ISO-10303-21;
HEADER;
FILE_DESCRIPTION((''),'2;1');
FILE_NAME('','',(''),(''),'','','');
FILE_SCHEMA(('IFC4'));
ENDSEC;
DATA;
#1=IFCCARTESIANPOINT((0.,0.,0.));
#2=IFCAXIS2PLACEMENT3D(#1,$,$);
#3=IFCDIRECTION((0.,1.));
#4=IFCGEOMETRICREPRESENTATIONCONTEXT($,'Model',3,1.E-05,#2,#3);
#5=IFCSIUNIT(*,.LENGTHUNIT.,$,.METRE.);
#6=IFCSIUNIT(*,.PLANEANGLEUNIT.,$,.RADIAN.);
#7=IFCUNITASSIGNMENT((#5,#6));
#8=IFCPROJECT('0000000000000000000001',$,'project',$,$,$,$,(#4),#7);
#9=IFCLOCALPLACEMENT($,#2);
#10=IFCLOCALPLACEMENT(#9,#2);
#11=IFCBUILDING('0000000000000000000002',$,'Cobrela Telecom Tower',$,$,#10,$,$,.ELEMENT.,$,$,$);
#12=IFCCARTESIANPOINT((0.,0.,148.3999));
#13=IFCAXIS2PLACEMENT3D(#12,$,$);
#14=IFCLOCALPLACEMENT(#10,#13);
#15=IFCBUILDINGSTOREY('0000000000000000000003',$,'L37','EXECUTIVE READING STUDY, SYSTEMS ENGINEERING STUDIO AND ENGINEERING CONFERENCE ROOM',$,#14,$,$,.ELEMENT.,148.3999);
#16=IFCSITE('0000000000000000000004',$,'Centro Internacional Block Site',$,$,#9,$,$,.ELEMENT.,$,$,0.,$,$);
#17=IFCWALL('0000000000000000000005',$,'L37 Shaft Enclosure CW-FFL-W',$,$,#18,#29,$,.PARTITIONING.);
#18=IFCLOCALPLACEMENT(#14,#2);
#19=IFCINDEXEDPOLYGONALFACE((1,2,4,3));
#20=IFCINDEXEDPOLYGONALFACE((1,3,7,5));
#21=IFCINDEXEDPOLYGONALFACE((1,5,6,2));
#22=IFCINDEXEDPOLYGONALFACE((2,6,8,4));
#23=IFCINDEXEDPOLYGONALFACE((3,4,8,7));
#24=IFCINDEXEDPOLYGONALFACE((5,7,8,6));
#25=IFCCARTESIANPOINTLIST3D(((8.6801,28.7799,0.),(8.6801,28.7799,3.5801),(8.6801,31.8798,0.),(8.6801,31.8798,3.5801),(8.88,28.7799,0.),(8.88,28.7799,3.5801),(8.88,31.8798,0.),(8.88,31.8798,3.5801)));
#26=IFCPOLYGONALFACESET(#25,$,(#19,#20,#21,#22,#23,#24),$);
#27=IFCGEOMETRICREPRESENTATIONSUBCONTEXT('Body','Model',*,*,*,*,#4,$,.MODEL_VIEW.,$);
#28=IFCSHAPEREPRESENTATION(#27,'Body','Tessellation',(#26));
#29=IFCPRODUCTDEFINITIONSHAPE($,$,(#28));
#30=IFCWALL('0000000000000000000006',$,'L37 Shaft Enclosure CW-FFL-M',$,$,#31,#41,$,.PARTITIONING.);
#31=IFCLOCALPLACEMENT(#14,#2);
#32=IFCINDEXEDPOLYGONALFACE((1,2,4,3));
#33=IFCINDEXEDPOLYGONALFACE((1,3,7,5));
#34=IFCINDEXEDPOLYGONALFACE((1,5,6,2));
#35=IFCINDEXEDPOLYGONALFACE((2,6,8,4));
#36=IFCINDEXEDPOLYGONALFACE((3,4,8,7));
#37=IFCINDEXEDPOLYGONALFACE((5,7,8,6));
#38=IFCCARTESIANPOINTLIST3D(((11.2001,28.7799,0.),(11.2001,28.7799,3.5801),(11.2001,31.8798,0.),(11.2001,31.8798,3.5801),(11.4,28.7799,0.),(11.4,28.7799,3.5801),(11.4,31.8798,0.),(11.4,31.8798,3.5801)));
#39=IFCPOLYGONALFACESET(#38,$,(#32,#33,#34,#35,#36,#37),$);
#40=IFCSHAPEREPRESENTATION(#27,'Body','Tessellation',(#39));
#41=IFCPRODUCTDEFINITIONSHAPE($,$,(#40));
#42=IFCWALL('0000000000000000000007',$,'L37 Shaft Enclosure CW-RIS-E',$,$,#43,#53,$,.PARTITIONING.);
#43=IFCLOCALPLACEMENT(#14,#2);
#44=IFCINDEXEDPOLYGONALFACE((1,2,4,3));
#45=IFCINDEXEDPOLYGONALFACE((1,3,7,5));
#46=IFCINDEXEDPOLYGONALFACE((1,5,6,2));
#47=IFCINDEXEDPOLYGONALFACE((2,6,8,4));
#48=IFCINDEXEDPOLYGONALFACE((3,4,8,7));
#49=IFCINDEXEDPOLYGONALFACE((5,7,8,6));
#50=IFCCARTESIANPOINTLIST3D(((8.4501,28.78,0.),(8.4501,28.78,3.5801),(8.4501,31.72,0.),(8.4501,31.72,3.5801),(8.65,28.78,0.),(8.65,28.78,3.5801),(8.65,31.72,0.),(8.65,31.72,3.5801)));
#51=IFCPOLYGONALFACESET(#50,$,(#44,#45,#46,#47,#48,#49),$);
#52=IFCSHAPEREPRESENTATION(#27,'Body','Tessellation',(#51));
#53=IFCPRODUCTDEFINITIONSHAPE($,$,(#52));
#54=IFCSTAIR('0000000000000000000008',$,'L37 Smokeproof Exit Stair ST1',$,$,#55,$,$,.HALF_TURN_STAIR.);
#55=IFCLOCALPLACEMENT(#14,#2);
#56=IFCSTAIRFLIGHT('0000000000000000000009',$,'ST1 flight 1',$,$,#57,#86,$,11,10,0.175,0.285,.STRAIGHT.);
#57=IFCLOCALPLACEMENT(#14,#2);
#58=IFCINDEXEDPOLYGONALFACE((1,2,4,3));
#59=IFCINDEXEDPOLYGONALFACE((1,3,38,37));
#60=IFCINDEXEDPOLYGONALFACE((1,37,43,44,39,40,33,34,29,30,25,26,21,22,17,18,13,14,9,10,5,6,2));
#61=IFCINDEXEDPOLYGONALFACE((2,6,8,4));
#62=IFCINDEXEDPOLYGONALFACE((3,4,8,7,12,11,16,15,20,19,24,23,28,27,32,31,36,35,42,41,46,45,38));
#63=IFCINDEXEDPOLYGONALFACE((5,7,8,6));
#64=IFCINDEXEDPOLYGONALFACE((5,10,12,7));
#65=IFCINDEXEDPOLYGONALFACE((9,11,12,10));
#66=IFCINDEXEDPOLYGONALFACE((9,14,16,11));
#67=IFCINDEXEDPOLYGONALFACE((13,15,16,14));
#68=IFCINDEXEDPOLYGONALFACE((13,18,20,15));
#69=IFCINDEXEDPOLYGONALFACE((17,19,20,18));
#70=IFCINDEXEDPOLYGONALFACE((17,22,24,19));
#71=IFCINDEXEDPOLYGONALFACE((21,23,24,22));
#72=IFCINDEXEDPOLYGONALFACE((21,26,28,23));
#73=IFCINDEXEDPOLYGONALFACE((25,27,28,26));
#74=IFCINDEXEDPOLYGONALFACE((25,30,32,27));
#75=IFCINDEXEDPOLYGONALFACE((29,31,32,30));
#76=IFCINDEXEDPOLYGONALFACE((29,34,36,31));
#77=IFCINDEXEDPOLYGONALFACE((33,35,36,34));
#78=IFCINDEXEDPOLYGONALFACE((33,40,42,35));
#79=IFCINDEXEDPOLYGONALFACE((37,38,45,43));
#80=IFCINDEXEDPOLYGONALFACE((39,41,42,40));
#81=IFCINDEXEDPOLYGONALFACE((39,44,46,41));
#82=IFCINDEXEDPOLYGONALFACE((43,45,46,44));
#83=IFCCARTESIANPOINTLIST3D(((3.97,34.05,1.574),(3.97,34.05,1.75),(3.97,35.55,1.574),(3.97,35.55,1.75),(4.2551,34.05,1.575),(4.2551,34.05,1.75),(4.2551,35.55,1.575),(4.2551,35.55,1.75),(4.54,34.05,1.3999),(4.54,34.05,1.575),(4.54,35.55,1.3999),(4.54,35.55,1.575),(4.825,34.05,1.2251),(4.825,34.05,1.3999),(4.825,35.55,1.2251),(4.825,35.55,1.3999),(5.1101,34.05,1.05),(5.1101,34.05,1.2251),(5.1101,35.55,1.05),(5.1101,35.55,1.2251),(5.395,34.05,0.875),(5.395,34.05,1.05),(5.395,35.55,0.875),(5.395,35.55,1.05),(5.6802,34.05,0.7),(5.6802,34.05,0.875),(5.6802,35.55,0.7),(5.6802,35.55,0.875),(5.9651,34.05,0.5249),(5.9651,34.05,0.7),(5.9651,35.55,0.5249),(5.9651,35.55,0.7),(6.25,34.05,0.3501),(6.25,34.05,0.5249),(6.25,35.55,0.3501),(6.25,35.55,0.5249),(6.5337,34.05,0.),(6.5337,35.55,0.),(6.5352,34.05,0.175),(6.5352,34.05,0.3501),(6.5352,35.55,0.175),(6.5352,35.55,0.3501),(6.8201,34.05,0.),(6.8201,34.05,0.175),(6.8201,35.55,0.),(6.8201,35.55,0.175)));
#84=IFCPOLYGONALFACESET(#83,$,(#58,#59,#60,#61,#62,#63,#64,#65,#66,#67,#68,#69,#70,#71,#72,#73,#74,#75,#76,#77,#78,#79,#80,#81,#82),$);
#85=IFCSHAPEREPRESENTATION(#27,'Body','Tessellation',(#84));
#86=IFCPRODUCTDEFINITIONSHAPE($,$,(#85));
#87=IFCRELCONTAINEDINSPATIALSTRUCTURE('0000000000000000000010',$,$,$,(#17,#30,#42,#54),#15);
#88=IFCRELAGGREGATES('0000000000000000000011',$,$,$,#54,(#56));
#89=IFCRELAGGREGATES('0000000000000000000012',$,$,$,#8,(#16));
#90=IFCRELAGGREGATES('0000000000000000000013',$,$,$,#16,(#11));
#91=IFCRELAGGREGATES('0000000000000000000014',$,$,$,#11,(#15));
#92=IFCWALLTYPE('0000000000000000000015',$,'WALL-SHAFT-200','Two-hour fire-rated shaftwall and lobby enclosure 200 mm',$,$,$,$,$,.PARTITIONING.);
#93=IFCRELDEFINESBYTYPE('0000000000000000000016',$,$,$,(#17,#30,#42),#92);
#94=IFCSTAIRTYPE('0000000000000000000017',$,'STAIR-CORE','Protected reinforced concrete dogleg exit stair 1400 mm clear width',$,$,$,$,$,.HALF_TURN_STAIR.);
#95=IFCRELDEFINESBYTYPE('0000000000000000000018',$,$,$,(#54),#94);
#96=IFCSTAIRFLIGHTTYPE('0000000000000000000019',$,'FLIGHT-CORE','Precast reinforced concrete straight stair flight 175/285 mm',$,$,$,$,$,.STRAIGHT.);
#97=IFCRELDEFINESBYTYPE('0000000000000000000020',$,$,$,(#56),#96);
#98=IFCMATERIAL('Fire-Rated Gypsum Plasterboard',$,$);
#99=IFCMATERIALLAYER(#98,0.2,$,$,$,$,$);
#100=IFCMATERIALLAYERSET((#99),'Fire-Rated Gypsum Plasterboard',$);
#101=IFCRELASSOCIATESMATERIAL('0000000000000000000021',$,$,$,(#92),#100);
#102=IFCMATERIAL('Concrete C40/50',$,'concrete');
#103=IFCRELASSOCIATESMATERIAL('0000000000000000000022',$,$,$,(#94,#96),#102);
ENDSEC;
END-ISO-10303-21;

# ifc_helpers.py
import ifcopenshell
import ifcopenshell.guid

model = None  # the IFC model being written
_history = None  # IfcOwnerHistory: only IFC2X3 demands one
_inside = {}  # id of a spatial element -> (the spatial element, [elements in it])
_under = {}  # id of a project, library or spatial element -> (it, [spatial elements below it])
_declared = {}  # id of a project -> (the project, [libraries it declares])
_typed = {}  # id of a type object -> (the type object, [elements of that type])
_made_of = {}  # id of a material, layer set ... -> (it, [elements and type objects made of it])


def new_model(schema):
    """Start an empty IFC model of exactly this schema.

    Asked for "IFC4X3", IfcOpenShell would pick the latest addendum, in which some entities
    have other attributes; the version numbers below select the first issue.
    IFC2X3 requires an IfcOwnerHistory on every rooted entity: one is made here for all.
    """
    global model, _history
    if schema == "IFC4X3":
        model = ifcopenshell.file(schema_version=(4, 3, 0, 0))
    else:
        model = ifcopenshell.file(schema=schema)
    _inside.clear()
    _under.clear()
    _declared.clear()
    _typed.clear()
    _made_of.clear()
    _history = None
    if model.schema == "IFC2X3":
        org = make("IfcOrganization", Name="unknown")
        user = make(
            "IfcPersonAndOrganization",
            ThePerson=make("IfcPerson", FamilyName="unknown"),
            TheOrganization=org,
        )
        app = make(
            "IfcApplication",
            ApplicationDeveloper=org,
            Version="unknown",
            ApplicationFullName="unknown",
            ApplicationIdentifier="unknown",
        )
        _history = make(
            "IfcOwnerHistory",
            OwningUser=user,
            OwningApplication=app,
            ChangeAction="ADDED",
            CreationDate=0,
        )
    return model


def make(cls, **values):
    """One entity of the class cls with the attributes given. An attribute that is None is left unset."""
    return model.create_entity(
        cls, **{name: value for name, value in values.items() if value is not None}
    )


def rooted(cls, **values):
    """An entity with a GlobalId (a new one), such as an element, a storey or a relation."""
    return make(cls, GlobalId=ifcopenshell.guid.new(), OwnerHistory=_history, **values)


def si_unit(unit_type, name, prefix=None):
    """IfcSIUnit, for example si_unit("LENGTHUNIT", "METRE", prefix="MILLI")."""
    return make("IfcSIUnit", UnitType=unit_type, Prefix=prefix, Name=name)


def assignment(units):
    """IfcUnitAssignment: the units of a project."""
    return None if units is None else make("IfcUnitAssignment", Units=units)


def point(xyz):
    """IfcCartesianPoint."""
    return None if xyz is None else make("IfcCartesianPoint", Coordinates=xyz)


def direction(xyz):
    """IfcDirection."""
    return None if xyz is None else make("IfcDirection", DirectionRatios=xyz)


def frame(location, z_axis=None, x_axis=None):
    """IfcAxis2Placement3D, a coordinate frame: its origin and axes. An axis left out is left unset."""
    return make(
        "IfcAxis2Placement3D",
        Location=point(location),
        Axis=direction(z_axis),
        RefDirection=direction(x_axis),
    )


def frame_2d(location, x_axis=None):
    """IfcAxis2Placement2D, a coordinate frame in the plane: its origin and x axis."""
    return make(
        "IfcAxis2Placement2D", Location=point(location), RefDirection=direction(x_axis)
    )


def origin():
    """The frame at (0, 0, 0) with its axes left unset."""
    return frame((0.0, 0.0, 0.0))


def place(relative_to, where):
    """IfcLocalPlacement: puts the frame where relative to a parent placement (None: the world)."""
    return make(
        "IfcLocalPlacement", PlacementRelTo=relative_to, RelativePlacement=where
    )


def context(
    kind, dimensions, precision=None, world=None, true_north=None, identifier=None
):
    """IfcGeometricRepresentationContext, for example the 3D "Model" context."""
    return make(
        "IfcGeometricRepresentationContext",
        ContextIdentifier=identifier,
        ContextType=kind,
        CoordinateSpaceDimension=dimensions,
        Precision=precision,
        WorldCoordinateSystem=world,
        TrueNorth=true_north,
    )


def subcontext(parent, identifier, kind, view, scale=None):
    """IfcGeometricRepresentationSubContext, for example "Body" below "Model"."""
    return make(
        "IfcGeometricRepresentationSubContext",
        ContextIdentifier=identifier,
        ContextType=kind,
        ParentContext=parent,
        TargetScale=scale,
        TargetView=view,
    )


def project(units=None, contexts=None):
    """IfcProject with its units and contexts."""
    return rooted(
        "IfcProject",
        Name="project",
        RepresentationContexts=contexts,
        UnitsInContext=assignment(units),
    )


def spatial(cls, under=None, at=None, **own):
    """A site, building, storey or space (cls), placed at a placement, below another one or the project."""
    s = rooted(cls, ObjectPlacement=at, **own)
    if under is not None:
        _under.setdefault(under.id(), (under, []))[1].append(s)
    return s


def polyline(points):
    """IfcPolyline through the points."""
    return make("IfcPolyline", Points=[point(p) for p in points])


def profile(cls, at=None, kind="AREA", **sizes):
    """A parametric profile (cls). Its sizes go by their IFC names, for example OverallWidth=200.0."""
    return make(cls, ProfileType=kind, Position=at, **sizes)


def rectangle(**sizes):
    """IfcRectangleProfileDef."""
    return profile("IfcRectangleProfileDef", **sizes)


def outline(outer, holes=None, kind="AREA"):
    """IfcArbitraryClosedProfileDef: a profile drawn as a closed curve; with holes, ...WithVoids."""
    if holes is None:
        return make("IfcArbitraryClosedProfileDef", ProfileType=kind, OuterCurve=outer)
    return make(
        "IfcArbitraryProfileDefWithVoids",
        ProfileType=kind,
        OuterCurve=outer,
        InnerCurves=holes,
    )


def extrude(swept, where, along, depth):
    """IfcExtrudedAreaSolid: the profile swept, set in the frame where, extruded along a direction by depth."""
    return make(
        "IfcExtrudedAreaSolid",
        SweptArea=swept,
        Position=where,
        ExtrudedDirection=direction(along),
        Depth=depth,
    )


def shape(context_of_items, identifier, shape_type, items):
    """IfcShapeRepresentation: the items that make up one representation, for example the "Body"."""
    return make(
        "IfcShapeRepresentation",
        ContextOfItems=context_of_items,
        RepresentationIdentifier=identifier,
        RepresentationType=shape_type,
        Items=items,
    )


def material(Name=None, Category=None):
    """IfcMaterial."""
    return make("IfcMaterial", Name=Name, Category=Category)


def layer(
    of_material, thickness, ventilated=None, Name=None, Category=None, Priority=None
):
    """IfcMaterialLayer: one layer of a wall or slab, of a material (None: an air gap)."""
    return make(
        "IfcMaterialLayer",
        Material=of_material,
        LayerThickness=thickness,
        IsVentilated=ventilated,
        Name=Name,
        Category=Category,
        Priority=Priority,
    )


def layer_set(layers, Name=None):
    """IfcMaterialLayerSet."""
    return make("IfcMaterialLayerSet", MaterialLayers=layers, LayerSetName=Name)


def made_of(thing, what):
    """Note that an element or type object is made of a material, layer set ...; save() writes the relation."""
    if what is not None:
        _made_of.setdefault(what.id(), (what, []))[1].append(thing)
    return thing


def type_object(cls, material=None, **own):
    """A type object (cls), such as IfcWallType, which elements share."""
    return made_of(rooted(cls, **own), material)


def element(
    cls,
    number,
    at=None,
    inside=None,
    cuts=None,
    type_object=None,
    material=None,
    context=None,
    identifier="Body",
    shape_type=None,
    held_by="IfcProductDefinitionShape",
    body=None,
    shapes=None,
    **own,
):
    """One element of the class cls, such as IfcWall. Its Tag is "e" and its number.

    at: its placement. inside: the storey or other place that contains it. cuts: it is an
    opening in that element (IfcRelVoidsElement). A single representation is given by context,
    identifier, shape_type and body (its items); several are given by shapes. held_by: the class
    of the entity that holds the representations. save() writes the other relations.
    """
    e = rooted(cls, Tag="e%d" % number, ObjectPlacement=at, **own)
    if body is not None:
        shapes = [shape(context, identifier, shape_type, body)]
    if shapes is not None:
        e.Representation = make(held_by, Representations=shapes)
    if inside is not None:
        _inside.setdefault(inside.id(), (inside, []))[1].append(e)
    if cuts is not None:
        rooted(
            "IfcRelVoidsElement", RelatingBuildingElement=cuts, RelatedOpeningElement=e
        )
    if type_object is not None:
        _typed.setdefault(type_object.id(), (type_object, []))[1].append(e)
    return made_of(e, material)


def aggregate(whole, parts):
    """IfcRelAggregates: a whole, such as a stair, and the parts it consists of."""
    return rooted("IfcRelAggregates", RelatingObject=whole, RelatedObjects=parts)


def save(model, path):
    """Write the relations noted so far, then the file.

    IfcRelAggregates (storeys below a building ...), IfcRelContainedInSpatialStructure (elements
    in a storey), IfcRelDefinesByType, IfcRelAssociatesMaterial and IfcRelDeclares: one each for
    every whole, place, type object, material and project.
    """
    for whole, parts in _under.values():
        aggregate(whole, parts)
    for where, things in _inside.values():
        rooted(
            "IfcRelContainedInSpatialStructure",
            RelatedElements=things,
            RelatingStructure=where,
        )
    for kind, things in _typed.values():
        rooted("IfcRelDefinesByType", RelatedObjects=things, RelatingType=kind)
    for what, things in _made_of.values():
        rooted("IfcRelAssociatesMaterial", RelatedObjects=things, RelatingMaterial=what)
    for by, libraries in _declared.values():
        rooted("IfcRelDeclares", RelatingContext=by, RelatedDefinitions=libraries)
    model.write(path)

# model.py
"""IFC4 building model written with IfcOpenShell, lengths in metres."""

from ifc_helpers import new_model, si_unit, direction, frame, frame_2d, origin, place, context, subcontext, project, spatial, polyline, rectangle, outline, extrude, material, layer, layer_set, type_object, element, aggregate, save


model = new_model("IFC4")

# Units and contexts
model_context = context("Model", 3, precision=1e-05, world=origin(), true_north=direction((0.0, 1.0)))
body_context = subcontext(model_context, "Body", "Model", "MODEL_VIEW")
ifc_project = project(units=[si_unit("LENGTHUNIT", "METRE"), si_unit("PLANEANGLEUNIT", "RADIAN")], contexts=[model_context])

# Site, building, storey
site_placement = place(None, origin())
site = spatial("IfcSite", under=ifc_project, at=site_placement, Name="Centro Internacional Block Site", CompositionType="ELEMENT", RefElevation=0.0)
building_placement = place(site_placement, origin())
building = spatial("IfcBuilding", under=site, at=building_placement, Name="Cobrela Telecom Tower", CompositionType="ELEMENT")
storey_placement = place(building_placement, frame((0.0, 0.0, 148.3999)))
storey = spatial("IfcBuildingStorey", under=building, at=storey_placement, Name="L37", Description="EXECUTIVE READING STUDY, SYSTEMS ENGINEERING STUDIO AND ENGINEERING CONFERENCE ROOM", CompositionType="ELEMENT", Elevation=148.3999)

# Shared definitions
ifc_material_1 = material(Name="Concrete C40/50", Category="concrete")

# Shared definitions
ifc_material_2 = material(Name="Fire-Rated Gypsum Plasterboard")

# Shared definitions
ifc_layer_1 = layer(ifc_material_2, 0.2)
ifc_layer_set_1 = layer_set([ifc_layer_1], Name="Fire-Rated Gypsum Plasterboard")
wall_type_1 = type_object("IfcWallType", Name="WALL-SHAFT-200", Description="Two-hour fire-rated shaftwall and lobby enclosure 200 mm", PredefinedType="PARTITIONING", material=ifc_layer_set_1)

# Walls
for number, where, z_axis, x_axis, name in (
    (1, (8.78, 28.78, 0.0), (0.0, 0.0, 1.0), (0.0, 1.0, 0.0), "L37 Shaft Enclosure CW-FFL-W"),
    (2, (11.3, 28.78, 0.0), (0.0, 0.0, 1.0), (0.0, 1.0, 0.0), "L37 Shaft Enclosure CW-FFL-M"),
):
    element("IfcWall", number, at=place(storey_placement, frame(where, z_axis=z_axis, x_axis=x_axis)), inside=storey, type_object=wall_type_1, Name=name, PredefinedType="PARTITIONING", context=body_context, shape_type="SweptSolid", body=[
        extrude(rectangle(XDim=3.0999, YDim=0.2, at=frame_2d((1.5498, 0.0))), origin(), (0.0, 0.0, 1.0), 3.5801),
    ])
wall_1_placement = place(storey_placement, frame((8.55, 28.78, 0.0), z_axis=(0.0, 0.0, 1.0), x_axis=(0.0, 1.0, 0.0)))
element("IfcWall", 3, at=wall_1_placement, inside=storey, type_object=wall_type_1, Name="L37 Shaft Enclosure CW-RIS-E", PredefinedType="PARTITIONING", context=body_context, shape_type="SweptSolid", body=[
    extrude(rectangle(XDim=2.9399, YDim=0.2, at=frame_2d((1.47, 0.0))), origin(), (0.0, 0.0, 1.0), 3.5801),
])

# Stair, stair flight
stair_type = type_object("IfcStairType", Name="STAIR-CORE", Description="Protected reinforced concrete dogleg exit stair 1400 mm clear width", PredefinedType="HALF_TURN_STAIR", material=ifc_material_1)
stair_placement = place(storey_placement, origin())
stair = element("IfcStair", 4, at=stair_placement, inside=storey, type_object=stair_type, Name="L37 Smokeproof Exit Stair ST1", PredefinedType="HALF_TURN_STAIR")
stair_flight_type = type_object("IfcStairFlightType", Name="FLIGHT-CORE", Description="Precast reinforced concrete straight stair flight 175/285 mm", PredefinedType="STRAIGHT", material=ifc_material_1)
stair_flight_placement = place(storey_placement, frame((6.8201, 34.8, 0.0), z_axis=(0.0, 0.0, 1.0), x_axis=(-1.0, 0.0, 0.0)))
stair_flight = element("IfcStairFlight", 5, at=stair_flight_placement, type_object=stair_flight_type, Name="ST1 flight 1", NumberOfRisers=11, NumberOfTreads=10, PredefinedType="STRAIGHT", RiserHeight=0.175, TreadLength=0.285, context=body_context, shape_type="SweptSolid", body=[
    extrude(outline(polyline([(0.0, 0.0), (0.0, 0.175), (0.2849, 0.175), (0.2849, 0.3501), (0.5701, 0.3501), (0.5701, 0.5249), (0.855, 0.5249), (0.855, 0.7), (1.1399, 0.7), (1.1399, 0.875), (1.425, 0.875), (1.425, 1.05), (1.71, 1.05), (1.71, 1.2251), (1.9951, 1.2251), (1.9951, 1.3999), (2.28, 1.3999), (2.28, 1.575), (2.5649, 1.575), (2.5649, 1.75), (2.8501, 1.75), (2.8501, 1.925), (2.8501, 1.574), (0.2864, 0.0), (0.0, 0.0)])), frame((0.0, 0.75, 0.0), z_axis=(0.0, -1.0, 0.0), x_axis=(1.0, 0.0, 0.0)), (0.0, 0.0, 1.0), 1.5),
])
aggregate(stair, [stair_flight])

save(model, "model.ifc")
